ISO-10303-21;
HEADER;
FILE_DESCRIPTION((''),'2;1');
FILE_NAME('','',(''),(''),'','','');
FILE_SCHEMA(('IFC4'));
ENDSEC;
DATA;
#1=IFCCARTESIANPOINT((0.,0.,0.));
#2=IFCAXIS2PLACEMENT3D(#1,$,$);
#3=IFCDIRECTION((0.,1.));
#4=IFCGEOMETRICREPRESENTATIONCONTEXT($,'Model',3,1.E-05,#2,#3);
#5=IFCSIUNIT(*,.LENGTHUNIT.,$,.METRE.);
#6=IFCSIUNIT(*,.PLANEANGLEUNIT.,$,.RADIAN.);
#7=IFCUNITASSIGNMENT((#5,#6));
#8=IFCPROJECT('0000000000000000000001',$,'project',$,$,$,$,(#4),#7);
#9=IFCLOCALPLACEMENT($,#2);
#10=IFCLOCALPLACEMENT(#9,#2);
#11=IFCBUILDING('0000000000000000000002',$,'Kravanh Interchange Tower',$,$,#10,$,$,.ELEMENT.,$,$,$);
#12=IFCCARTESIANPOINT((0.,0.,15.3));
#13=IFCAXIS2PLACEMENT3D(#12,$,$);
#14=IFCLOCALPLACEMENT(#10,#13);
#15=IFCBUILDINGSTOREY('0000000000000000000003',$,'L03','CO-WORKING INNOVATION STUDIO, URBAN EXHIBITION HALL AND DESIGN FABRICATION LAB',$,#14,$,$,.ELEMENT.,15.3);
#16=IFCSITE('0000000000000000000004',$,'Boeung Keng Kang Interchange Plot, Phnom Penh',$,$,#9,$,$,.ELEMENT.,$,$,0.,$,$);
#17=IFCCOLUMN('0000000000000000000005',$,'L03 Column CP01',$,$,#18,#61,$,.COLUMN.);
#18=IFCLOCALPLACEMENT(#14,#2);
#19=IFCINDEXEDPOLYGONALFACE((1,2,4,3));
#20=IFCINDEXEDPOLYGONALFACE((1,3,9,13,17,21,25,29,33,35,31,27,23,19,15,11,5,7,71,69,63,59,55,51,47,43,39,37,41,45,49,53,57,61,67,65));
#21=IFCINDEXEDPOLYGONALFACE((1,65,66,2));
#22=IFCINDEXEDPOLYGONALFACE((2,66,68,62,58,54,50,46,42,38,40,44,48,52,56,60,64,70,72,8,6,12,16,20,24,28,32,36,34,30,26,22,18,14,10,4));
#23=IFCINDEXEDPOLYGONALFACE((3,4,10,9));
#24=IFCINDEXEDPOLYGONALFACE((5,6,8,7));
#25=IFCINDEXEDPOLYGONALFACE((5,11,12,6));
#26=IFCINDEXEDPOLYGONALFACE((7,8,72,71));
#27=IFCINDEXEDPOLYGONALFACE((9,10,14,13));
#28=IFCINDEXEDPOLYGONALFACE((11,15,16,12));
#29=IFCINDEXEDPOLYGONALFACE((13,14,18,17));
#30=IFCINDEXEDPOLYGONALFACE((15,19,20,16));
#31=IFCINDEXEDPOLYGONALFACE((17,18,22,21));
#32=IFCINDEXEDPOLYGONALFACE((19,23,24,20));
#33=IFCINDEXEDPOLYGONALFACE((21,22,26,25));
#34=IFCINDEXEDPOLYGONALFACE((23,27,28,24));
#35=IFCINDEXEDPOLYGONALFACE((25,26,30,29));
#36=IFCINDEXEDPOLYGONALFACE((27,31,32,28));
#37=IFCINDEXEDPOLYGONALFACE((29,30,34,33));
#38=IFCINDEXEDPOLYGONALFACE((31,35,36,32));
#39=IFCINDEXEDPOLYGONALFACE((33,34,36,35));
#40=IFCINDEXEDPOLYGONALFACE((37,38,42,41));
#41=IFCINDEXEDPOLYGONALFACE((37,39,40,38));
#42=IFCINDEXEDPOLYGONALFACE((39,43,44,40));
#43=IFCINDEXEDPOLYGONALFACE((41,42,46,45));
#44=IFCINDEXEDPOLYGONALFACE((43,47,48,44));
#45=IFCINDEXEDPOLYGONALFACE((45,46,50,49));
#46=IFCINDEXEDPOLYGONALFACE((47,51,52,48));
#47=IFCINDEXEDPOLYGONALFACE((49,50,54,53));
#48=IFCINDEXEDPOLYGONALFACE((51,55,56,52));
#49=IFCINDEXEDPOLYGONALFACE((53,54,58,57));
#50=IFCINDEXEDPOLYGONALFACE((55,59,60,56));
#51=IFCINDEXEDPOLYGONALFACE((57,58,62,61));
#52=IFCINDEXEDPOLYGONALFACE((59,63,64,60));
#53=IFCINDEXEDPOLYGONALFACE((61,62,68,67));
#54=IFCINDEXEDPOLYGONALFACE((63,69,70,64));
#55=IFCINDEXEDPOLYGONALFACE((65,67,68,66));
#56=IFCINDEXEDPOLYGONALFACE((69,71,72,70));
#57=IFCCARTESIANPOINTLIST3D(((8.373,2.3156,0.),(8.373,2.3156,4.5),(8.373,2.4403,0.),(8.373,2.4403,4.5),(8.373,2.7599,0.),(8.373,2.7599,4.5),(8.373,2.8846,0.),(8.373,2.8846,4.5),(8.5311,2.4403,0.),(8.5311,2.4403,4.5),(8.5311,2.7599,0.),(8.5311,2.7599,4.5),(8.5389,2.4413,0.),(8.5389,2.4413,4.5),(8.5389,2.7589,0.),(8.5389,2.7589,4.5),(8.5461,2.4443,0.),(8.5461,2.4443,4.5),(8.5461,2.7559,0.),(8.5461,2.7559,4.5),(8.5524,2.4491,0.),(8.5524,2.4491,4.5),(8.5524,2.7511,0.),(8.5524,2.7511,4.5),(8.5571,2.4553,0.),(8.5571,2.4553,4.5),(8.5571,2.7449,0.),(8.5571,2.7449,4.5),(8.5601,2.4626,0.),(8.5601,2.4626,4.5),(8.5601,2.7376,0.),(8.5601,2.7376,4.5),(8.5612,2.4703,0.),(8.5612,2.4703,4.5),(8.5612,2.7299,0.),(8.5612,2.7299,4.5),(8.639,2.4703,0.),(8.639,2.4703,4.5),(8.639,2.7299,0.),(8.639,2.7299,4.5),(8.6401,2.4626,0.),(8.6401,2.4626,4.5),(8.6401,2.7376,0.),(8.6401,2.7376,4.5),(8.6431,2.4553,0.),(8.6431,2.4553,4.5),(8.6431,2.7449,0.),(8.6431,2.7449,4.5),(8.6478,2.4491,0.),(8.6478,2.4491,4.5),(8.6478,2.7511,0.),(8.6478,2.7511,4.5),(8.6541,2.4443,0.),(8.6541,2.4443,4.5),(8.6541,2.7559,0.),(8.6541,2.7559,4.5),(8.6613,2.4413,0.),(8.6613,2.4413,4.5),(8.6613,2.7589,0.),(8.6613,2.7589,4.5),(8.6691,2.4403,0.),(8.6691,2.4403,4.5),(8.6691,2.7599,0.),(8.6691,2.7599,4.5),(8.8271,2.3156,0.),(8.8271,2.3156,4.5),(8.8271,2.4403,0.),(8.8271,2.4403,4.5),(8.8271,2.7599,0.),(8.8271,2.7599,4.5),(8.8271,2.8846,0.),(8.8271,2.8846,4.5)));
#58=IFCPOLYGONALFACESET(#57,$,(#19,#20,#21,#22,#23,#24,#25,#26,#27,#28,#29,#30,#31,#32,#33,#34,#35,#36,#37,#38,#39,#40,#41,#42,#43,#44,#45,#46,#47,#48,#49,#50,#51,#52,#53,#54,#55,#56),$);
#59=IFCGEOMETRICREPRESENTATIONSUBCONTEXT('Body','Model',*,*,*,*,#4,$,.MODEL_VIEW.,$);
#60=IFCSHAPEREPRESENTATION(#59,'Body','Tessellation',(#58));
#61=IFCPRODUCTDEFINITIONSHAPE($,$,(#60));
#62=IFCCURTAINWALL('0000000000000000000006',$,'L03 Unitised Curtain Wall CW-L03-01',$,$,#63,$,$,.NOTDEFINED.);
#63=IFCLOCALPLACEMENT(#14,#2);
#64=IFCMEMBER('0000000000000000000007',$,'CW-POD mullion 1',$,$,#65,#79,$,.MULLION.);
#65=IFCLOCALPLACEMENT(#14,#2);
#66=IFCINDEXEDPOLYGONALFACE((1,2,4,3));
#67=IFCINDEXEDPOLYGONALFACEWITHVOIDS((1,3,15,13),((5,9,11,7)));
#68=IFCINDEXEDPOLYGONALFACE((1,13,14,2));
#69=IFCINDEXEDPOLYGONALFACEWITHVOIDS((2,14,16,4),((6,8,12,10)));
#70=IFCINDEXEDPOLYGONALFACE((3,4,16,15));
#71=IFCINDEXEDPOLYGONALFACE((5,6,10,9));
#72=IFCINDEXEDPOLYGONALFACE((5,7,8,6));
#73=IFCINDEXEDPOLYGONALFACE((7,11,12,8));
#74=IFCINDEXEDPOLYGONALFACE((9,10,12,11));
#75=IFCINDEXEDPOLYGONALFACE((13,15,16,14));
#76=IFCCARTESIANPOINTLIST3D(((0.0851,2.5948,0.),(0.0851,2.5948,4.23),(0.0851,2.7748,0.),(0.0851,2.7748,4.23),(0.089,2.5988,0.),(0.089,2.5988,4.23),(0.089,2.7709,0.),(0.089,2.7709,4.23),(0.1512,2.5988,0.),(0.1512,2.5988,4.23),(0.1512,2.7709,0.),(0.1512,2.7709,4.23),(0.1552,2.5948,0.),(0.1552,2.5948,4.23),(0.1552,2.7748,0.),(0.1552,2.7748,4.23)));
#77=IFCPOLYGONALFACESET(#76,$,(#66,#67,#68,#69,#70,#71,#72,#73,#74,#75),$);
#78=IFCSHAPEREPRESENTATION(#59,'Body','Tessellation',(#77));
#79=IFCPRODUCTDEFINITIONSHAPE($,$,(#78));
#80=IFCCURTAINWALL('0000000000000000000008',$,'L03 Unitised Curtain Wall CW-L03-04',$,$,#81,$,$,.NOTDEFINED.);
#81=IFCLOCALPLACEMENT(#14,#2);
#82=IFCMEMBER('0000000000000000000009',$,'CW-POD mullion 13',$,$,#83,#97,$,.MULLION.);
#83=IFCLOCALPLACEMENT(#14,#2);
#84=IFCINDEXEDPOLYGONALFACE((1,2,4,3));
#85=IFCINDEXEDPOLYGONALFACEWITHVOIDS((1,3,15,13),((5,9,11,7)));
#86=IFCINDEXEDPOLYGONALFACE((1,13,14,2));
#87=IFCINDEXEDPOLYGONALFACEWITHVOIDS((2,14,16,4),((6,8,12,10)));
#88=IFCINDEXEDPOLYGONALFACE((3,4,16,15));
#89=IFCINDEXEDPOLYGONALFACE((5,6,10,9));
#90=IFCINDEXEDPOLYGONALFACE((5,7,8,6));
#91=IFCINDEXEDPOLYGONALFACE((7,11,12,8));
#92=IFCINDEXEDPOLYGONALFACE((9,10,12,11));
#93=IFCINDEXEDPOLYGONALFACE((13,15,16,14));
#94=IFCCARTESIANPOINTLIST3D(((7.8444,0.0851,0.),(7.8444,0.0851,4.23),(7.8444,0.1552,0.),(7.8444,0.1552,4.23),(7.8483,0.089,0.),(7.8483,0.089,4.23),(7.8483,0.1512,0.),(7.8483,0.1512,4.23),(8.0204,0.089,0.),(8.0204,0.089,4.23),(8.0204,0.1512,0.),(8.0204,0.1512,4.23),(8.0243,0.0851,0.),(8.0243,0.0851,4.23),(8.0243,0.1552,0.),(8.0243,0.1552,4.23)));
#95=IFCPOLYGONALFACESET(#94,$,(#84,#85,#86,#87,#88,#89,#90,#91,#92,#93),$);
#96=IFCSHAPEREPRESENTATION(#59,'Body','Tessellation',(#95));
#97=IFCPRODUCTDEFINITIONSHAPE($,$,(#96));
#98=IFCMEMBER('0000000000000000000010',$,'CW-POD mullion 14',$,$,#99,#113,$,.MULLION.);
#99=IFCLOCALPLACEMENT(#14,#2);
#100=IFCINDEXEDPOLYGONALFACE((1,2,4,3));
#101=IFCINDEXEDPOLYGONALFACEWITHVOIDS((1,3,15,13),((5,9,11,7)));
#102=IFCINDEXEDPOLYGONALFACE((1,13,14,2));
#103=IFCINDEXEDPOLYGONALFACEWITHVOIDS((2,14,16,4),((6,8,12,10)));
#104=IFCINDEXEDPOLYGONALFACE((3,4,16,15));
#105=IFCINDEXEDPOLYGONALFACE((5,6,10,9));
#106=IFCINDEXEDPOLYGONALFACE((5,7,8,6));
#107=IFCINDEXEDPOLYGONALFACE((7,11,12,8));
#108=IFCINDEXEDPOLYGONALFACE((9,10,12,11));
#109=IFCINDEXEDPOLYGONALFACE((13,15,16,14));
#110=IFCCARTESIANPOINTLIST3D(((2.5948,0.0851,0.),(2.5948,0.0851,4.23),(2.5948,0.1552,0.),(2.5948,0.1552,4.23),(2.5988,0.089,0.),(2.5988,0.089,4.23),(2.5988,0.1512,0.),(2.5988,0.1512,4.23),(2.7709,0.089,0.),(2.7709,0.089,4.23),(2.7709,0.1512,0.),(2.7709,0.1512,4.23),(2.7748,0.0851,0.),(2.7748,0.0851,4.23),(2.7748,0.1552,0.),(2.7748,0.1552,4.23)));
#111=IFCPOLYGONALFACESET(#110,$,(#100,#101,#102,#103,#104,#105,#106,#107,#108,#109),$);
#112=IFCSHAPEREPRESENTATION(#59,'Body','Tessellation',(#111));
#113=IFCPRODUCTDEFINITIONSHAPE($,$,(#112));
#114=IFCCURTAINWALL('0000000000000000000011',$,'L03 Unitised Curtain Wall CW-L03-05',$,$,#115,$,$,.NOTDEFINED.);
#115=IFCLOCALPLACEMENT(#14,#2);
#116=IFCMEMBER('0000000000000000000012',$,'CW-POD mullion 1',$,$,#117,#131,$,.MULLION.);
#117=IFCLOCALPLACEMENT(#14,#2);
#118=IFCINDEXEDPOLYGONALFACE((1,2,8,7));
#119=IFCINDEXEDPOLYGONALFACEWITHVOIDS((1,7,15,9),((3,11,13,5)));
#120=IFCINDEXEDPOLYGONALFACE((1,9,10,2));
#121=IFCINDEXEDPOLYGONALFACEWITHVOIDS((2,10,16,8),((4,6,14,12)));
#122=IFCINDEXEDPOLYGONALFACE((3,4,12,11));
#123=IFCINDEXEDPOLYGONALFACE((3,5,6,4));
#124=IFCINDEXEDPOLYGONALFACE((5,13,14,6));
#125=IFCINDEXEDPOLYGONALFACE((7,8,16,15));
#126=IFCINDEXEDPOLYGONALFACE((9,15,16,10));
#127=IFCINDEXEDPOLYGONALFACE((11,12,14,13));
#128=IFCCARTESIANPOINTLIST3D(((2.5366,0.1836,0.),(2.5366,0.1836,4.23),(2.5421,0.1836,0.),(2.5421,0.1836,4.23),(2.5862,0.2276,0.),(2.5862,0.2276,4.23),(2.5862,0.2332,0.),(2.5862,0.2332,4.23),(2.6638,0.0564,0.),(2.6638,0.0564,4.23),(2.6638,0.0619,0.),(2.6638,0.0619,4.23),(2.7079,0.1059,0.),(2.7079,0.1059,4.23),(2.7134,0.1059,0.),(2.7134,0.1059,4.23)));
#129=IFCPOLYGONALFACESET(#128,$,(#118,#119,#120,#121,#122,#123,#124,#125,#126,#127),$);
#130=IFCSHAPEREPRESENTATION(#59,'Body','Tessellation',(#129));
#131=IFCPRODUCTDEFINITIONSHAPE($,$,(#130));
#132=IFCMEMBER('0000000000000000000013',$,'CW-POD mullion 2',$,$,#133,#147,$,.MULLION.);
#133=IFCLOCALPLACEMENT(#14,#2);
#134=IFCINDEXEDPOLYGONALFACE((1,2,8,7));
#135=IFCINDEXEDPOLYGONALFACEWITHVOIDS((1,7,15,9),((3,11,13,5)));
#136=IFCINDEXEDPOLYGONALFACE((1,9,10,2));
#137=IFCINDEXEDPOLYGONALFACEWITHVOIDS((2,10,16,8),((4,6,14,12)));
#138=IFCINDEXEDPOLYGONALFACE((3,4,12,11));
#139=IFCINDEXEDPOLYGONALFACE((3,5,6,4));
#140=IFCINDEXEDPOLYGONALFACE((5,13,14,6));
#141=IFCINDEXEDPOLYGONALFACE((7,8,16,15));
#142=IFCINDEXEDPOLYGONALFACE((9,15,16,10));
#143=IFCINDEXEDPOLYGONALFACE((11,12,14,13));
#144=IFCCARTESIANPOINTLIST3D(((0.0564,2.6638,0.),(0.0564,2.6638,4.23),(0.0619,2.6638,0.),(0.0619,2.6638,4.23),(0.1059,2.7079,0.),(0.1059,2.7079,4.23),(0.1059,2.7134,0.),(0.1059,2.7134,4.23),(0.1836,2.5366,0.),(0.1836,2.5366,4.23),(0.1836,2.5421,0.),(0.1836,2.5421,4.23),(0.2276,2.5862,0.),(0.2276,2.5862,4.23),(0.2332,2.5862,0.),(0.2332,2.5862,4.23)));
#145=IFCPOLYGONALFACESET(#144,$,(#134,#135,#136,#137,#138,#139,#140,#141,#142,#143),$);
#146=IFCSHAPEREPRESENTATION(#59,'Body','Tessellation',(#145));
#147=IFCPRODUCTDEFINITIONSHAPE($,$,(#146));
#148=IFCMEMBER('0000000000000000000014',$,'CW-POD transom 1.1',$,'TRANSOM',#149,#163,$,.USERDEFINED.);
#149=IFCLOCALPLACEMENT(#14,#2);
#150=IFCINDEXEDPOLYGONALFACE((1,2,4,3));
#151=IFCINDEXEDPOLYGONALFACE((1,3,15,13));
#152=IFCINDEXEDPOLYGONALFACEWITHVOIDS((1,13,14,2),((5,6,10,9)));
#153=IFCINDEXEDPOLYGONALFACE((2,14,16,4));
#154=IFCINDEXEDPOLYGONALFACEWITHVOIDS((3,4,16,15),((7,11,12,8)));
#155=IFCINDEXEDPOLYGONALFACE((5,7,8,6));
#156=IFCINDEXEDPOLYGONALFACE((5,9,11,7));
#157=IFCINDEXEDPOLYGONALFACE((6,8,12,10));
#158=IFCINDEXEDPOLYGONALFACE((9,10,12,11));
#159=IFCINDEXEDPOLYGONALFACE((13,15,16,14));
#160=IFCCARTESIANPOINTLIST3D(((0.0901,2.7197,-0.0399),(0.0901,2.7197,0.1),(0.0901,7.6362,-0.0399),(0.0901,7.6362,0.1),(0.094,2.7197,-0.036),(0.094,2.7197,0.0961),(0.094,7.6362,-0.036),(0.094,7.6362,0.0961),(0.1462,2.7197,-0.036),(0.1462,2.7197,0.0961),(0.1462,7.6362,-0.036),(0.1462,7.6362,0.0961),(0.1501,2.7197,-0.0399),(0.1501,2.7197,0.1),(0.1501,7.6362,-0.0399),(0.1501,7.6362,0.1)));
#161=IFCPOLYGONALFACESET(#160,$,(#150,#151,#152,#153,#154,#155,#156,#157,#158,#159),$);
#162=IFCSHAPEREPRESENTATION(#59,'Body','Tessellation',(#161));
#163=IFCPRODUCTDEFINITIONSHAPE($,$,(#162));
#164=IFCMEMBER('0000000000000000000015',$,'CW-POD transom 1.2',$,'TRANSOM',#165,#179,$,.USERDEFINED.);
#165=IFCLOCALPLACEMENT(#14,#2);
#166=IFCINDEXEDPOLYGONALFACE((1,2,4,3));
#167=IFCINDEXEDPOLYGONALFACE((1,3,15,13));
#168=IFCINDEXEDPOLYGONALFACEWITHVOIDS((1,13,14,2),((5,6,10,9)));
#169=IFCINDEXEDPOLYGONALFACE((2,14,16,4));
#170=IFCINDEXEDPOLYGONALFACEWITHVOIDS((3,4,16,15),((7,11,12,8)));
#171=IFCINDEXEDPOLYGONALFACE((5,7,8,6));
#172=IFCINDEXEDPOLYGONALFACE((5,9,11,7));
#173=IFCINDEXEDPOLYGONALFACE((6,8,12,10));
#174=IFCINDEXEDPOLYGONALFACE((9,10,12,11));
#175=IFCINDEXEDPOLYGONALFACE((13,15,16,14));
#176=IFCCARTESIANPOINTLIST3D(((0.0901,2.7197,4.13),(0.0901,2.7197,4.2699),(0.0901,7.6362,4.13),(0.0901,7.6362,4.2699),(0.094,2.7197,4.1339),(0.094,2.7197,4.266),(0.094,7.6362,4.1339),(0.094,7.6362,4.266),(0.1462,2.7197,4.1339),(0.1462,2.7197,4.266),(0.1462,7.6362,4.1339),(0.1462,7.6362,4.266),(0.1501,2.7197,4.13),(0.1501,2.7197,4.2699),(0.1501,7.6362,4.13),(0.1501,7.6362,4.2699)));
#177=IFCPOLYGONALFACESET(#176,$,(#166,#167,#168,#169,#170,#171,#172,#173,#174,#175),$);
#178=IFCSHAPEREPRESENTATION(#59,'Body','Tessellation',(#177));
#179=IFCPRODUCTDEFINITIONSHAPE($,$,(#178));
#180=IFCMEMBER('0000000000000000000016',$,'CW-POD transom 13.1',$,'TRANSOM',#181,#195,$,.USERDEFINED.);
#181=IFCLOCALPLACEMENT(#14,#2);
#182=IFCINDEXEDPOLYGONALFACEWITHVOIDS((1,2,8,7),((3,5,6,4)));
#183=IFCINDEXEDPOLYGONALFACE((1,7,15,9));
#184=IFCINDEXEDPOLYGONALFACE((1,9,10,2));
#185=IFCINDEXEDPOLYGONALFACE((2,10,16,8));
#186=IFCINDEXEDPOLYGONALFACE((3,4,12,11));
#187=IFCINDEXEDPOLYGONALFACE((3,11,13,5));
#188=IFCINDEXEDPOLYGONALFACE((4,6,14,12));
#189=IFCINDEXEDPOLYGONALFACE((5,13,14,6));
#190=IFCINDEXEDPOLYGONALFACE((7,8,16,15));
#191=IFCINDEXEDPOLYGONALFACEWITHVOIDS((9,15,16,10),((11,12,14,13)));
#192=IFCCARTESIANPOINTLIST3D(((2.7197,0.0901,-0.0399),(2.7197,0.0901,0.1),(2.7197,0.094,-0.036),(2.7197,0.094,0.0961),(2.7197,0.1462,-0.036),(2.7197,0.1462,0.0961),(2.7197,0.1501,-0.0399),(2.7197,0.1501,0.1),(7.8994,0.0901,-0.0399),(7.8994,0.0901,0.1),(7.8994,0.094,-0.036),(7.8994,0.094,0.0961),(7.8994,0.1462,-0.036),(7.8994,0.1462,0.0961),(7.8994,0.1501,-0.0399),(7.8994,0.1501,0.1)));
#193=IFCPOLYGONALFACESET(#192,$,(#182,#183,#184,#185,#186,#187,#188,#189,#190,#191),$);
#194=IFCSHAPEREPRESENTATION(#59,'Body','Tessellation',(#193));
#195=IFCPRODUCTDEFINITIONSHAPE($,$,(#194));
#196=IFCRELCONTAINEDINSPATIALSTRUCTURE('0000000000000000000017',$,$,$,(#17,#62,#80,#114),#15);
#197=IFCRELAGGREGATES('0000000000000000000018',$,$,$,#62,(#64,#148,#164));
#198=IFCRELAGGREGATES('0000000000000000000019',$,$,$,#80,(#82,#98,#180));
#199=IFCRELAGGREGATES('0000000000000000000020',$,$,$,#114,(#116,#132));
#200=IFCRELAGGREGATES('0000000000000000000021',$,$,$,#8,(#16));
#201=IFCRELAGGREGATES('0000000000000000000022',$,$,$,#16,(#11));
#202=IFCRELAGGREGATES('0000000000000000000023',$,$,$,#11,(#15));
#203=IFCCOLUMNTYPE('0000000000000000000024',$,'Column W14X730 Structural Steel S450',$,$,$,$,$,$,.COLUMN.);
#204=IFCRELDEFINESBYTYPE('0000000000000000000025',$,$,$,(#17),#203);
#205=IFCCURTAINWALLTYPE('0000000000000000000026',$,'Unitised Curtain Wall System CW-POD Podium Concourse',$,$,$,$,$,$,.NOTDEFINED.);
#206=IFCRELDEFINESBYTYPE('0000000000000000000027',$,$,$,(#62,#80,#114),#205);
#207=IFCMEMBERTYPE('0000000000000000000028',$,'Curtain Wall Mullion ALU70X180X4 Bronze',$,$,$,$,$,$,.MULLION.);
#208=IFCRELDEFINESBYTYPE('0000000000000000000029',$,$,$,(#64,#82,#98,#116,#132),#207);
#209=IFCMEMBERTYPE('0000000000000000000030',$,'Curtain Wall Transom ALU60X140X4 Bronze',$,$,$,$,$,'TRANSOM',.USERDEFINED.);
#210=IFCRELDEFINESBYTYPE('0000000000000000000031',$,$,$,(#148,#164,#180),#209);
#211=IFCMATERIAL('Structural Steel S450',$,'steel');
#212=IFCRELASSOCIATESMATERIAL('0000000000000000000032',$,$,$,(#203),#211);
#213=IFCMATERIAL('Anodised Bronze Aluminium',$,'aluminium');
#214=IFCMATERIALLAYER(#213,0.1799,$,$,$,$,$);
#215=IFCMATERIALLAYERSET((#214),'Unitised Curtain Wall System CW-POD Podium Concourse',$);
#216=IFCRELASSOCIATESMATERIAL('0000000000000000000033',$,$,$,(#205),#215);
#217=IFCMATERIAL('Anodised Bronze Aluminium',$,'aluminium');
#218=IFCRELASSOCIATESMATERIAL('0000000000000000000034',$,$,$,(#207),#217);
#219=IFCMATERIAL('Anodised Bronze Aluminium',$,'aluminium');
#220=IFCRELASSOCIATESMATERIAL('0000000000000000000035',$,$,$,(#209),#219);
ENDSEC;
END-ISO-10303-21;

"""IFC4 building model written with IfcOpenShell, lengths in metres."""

from ifc_helpers import new_model, si_unit, direction, frame, origin, origin_2d, place, context, subcontext, project, spatial, hollow_rectangle, i_section, extrude, material, layer, layer_set, material_profile, profile_set, type_object, element, aggregate, save


model = new_model("IFC4")

# Units and contexts
model_context = context("Model", 3, precision=1e-05, world=origin(), true_north=direction((0.0, 1.0)))
body_context = subcontext(model_context, "Body", "Model", "MODEL_VIEW")
ifc_project = project(units=[si_unit("LENGTHUNIT", "METRE"), si_unit("PLANEANGLEUNIT", "RADIAN")], contexts=[model_context])

# Site, building, storey
site_placement = place(None, origin())
site = spatial("IfcSite", under=ifc_project, at=site_placement, Name="Boeung Keng Kang Interchange Plot, Phnom Penh", CompositionType="ELEMENT", RefElevation=0.0)
building_placement = place(site_placement, origin())
building = spatial("IfcBuilding", under=site, at=building_placement, Name="Kravanh Interchange Tower", CompositionType="ELEMENT")
storey_placement = place(building_placement, frame((0.0, 0.0, 15.3)))
storey = spatial("IfcBuildingStorey", under=building, at=storey_placement, Name="L03", Description="CO-WORKING INNOVATION STUDIO, URBAN EXHIBITION HALL AND DESIGN FABRICATION LAB", CompositionType="ELEMENT", Elevation=15.3)

# Column
ifc_material_1 = material(Name="Structural Steel S450", Category="steel")
ifc_material_profile_1 = material_profile(ifc_material_1, i_section(OverallWidth=0.4541, OverallDepth=0.5691, WebThickness=0.0779, FlangeThickness=0.1248, FilletRadius=0.03, at=origin_2d()), Name="W14X730")
ifc_profile_set_1 = profile_set([ifc_material_profile_1], Name="Structural Steel S450")
column_type = type_object("IfcColumnType", Name="Column W14X730 Structural Steel S450", PredefinedType="COLUMN", material=ifc_profile_set_1)
column_placement = place(storey_placement, frame((8.6001, 2.6001, 0.0), z_axis=(0.0, 0.0, 1.0), x_axis=(1.0, 0.0, 0.0)))
element("IfcColumn", 1, at=column_placement, inside=storey, type_object=column_type, Name="L03 Column CP01", PredefinedType="COLUMN", context=body_context, shape_type="SweptSolid", body=[
    extrude(i_section(OverallWidth=0.4541, OverallDepth=0.5691, WebThickness=0.0779, FlangeThickness=0.1248, FilletRadius=0.03, at=origin_2d()), origin(), (0.0, 0.0, 1.0), 4.5),
])

# Curtain wall, member
ifc_material_2 = material(Name="Anodised Bronze Aluminium", Category="aluminium")
ifc_layer_1 = layer(ifc_material_2, 0.1799)
ifc_layer_set_1 = layer_set([ifc_layer_1], Name="Unitised Curtain Wall System CW-POD Podium Concourse")
curtain_wall_type = type_object("IfcCurtainWallType", Name="Unitised Curtain Wall System CW-POD Podium Concourse", PredefinedType="NOTDEFINED", material=ifc_layer_set_1)
curtain_wall_1_placement = place(storey_placement, origin())
curtain_wall_1 = element("IfcCurtainWall", 2, at=curtain_wall_1_placement, inside=storey, type_object=curtain_wall_type, Name="L03 Unitised Curtain Wall CW-L03-01", PredefinedType="NOTDEFINED")
ifc_material_3 = material(Name="Anodised Bronze Aluminium", Category="aluminium")
ifc_material_profile_2 = material_profile(ifc_material_3, hollow_rectangle(XDim=0.0701, YDim=0.1799, WallThickness=0.0039, at=origin_2d()), Name="ALU70X180X4")
ifc_profile_set_2 = profile_set([ifc_material_profile_2], Name="Anodised Bronze Aluminium")
member_type_1 = type_object("IfcMemberType", Name="Curtain Wall Mullion ALU70X180X4 Bronze", PredefinedType="MULLION", material=ifc_profile_set_2)
member_1_placement = place(storey_placement, frame((0.1201, 2.6848, 0.0), z_axis=(0.0, 0.0, 1.0), x_axis=(-1.0, 0.0, 0.0)))
member_1 = element("IfcMember", 3, at=member_1_placement, type_object=member_type_1, Name="CW-POD mullion 1", PredefinedType="MULLION", context=body_context, shape_type="SweptSolid", body=[
    extrude(hollow_rectangle(XDim=0.0701, YDim=0.1799, WallThickness=0.0039, at=origin_2d()), origin(), (0.0, 0.0, 1.0), 4.23),
])

# Curtain walls, members
curtain_wall_2_placement = place(storey_placement, origin())
curtain_wall_2 = element("IfcCurtainWall", 4, at=curtain_wall_2_placement, inside=storey, type_object=curtain_wall_type, Name="L03 Unitised Curtain Wall CW-L03-04", PredefinedType="NOTDEFINED")
member_2_placement = place(storey_placement, frame((7.9343, 0.1201, 0.0), z_axis=(0.0, 0.0, 1.0), x_axis=(0.0, -1.0, 0.0)))
member_2 = element("IfcMember", 5, at=member_2_placement, type_object=member_type_1, Name="CW-POD mullion 13", PredefinedType="MULLION", context=body_context, shape_type="SweptSolid", body=[
    extrude(hollow_rectangle(XDim=0.0701, YDim=0.1799, WallThickness=0.0039, at=origin_2d()), origin(), (0.0, 0.0, 1.0), 4.23),
])
member_3_placement = place(storey_placement, frame((2.6848, 0.1201, 0.0), z_axis=(0.0, 0.0, 1.0), x_axis=(0.0, -1.0, 0.0)))
member_3 = element("IfcMember", 6, at=member_3_placement, type_object=member_type_1, Name="CW-POD mullion 14", PredefinedType="MULLION", context=body_context, shape_type="SweptSolid", body=[
    extrude(hollow_rectangle(XDim=0.0701, YDim=0.1799, WallThickness=0.0039, at=origin_2d()), origin(), (0.0, 0.0, 1.0), 4.23),
])
curtain_wall_3_placement = place(storey_placement, origin())
curtain_wall_3 = element("IfcCurtainWall", 7, at=curtain_wall_3_placement, inside=storey, type_object=curtain_wall_type, Name="L03 Unitised Curtain Wall CW-L03-05", PredefinedType="NOTDEFINED")
member_4_placement = place(storey_placement, frame((2.625, 0.1448, 0.0), z_axis=(0.0, 0.0, 1.0), x_axis=(-0.707107, -0.707107, 0.0)))
member_4 = element("IfcMember", 8, at=member_4_placement, type_object=member_type_1, Name="CW-POD mullion 1", PredefinedType="MULLION", context=body_context, shape_type="SweptSolid", body=[
    extrude(hollow_rectangle(XDim=0.0701, YDim=0.1799, WallThickness=0.0039, at=origin_2d()), origin(), (0.0, 0.0, 1.0), 4.23),
])
member_5_placement = place(storey_placement, frame((0.1448, 2.625, 0.0), z_axis=(0.0, 0.0, 1.0), x_axis=(-0.707107, -0.707107, 0.0)))
member_5 = element("IfcMember", 9, at=member_5_placement, type_object=member_type_1, Name="CW-POD mullion 2", PredefinedType="MULLION", context=body_context, shape_type="SweptSolid", body=[
    extrude(hollow_rectangle(XDim=0.0701, YDim=0.1799, WallThickness=0.0039, at=origin_2d()), origin(), (0.0, 0.0, 1.0), 4.23),
])

# Members
ifc_material_4 = material(Name="Anodised Bronze Aluminium", Category="aluminium")
ifc_material_profile_3 = material_profile(ifc_material_4, hollow_rectangle(XDim=0.0601, YDim=0.1399, WallThickness=0.0039, at=origin_2d()), Name="ALU60X140X4")
ifc_profile_set_3 = profile_set([ifc_material_profile_3], Name="Anodised Bronze Aluminium")
member_type_2 = type_object("IfcMemberType", Name="Curtain Wall Transom ALU60X140X4 Bronze", ElementType="TRANSOM", PredefinedType="USERDEFINED", material=ifc_profile_set_3)
member_6_placement = place(storey_placement, frame((0.1201, 2.7197, 0.03), z_axis=(0.0, 1.0, 0.0), x_axis=(-1.0, 0.0, 0.0)))
member_6 = element("IfcMember", 10, at=member_6_placement, type_object=member_type_2, Name="CW-POD transom 1.1", ObjectType="TRANSOM", PredefinedType="USERDEFINED", context=body_context, shape_type="SweptSolid", body=[
    extrude(hollow_rectangle(XDim=0.0601, YDim=0.1399, WallThickness=0.0039, at=origin_2d()), origin(), (0.0, 0.0, 1.0), 4.9165),
])
member_7_placement = place(storey_placement, frame((0.1201, 2.7197, 4.2), z_axis=(0.0, 1.0, 0.0), x_axis=(-1.0, 0.0, 0.0)))
member_7 = element("IfcMember", 11, at=member_7_placement, type_object=member_type_2, Name="CW-POD transom 1.2", ObjectType="TRANSOM", PredefinedType="USERDEFINED", context=body_context, shape_type="SweptSolid", body=[
    extrude(hollow_rectangle(XDim=0.0601, YDim=0.1399, WallThickness=0.0039, at=origin_2d()), origin(), (0.0, 0.0, 1.0), 4.9165),
])
aggregate(curtain_wall_1, [member_1, member_6, member_7])
member_8_placement = place(storey_placement, frame((7.8994, 0.1201, 0.03), z_axis=(-1.0, 0.0, 0.0), x_axis=(0.0, -1.0, 0.0)))
member_8 = element("IfcMember", 12, at=member_8_placement, type_object=member_type_2, Name="CW-POD transom 13.1", ObjectType="TRANSOM", PredefinedType="USERDEFINED", context=body_context, shape_type="SweptSolid", body=[
    extrude(hollow_rectangle(XDim=0.0601, YDim=0.1399, WallThickness=0.0039, at=origin_2d()), origin(), (0.0, 0.0, 1.0), 5.1797),
])

aggregate(curtain_wall_2, [member_2, member_3, member_8])
aggregate(curtain_wall_3, [member_4, member_5])

save(model, "model.ifc")
